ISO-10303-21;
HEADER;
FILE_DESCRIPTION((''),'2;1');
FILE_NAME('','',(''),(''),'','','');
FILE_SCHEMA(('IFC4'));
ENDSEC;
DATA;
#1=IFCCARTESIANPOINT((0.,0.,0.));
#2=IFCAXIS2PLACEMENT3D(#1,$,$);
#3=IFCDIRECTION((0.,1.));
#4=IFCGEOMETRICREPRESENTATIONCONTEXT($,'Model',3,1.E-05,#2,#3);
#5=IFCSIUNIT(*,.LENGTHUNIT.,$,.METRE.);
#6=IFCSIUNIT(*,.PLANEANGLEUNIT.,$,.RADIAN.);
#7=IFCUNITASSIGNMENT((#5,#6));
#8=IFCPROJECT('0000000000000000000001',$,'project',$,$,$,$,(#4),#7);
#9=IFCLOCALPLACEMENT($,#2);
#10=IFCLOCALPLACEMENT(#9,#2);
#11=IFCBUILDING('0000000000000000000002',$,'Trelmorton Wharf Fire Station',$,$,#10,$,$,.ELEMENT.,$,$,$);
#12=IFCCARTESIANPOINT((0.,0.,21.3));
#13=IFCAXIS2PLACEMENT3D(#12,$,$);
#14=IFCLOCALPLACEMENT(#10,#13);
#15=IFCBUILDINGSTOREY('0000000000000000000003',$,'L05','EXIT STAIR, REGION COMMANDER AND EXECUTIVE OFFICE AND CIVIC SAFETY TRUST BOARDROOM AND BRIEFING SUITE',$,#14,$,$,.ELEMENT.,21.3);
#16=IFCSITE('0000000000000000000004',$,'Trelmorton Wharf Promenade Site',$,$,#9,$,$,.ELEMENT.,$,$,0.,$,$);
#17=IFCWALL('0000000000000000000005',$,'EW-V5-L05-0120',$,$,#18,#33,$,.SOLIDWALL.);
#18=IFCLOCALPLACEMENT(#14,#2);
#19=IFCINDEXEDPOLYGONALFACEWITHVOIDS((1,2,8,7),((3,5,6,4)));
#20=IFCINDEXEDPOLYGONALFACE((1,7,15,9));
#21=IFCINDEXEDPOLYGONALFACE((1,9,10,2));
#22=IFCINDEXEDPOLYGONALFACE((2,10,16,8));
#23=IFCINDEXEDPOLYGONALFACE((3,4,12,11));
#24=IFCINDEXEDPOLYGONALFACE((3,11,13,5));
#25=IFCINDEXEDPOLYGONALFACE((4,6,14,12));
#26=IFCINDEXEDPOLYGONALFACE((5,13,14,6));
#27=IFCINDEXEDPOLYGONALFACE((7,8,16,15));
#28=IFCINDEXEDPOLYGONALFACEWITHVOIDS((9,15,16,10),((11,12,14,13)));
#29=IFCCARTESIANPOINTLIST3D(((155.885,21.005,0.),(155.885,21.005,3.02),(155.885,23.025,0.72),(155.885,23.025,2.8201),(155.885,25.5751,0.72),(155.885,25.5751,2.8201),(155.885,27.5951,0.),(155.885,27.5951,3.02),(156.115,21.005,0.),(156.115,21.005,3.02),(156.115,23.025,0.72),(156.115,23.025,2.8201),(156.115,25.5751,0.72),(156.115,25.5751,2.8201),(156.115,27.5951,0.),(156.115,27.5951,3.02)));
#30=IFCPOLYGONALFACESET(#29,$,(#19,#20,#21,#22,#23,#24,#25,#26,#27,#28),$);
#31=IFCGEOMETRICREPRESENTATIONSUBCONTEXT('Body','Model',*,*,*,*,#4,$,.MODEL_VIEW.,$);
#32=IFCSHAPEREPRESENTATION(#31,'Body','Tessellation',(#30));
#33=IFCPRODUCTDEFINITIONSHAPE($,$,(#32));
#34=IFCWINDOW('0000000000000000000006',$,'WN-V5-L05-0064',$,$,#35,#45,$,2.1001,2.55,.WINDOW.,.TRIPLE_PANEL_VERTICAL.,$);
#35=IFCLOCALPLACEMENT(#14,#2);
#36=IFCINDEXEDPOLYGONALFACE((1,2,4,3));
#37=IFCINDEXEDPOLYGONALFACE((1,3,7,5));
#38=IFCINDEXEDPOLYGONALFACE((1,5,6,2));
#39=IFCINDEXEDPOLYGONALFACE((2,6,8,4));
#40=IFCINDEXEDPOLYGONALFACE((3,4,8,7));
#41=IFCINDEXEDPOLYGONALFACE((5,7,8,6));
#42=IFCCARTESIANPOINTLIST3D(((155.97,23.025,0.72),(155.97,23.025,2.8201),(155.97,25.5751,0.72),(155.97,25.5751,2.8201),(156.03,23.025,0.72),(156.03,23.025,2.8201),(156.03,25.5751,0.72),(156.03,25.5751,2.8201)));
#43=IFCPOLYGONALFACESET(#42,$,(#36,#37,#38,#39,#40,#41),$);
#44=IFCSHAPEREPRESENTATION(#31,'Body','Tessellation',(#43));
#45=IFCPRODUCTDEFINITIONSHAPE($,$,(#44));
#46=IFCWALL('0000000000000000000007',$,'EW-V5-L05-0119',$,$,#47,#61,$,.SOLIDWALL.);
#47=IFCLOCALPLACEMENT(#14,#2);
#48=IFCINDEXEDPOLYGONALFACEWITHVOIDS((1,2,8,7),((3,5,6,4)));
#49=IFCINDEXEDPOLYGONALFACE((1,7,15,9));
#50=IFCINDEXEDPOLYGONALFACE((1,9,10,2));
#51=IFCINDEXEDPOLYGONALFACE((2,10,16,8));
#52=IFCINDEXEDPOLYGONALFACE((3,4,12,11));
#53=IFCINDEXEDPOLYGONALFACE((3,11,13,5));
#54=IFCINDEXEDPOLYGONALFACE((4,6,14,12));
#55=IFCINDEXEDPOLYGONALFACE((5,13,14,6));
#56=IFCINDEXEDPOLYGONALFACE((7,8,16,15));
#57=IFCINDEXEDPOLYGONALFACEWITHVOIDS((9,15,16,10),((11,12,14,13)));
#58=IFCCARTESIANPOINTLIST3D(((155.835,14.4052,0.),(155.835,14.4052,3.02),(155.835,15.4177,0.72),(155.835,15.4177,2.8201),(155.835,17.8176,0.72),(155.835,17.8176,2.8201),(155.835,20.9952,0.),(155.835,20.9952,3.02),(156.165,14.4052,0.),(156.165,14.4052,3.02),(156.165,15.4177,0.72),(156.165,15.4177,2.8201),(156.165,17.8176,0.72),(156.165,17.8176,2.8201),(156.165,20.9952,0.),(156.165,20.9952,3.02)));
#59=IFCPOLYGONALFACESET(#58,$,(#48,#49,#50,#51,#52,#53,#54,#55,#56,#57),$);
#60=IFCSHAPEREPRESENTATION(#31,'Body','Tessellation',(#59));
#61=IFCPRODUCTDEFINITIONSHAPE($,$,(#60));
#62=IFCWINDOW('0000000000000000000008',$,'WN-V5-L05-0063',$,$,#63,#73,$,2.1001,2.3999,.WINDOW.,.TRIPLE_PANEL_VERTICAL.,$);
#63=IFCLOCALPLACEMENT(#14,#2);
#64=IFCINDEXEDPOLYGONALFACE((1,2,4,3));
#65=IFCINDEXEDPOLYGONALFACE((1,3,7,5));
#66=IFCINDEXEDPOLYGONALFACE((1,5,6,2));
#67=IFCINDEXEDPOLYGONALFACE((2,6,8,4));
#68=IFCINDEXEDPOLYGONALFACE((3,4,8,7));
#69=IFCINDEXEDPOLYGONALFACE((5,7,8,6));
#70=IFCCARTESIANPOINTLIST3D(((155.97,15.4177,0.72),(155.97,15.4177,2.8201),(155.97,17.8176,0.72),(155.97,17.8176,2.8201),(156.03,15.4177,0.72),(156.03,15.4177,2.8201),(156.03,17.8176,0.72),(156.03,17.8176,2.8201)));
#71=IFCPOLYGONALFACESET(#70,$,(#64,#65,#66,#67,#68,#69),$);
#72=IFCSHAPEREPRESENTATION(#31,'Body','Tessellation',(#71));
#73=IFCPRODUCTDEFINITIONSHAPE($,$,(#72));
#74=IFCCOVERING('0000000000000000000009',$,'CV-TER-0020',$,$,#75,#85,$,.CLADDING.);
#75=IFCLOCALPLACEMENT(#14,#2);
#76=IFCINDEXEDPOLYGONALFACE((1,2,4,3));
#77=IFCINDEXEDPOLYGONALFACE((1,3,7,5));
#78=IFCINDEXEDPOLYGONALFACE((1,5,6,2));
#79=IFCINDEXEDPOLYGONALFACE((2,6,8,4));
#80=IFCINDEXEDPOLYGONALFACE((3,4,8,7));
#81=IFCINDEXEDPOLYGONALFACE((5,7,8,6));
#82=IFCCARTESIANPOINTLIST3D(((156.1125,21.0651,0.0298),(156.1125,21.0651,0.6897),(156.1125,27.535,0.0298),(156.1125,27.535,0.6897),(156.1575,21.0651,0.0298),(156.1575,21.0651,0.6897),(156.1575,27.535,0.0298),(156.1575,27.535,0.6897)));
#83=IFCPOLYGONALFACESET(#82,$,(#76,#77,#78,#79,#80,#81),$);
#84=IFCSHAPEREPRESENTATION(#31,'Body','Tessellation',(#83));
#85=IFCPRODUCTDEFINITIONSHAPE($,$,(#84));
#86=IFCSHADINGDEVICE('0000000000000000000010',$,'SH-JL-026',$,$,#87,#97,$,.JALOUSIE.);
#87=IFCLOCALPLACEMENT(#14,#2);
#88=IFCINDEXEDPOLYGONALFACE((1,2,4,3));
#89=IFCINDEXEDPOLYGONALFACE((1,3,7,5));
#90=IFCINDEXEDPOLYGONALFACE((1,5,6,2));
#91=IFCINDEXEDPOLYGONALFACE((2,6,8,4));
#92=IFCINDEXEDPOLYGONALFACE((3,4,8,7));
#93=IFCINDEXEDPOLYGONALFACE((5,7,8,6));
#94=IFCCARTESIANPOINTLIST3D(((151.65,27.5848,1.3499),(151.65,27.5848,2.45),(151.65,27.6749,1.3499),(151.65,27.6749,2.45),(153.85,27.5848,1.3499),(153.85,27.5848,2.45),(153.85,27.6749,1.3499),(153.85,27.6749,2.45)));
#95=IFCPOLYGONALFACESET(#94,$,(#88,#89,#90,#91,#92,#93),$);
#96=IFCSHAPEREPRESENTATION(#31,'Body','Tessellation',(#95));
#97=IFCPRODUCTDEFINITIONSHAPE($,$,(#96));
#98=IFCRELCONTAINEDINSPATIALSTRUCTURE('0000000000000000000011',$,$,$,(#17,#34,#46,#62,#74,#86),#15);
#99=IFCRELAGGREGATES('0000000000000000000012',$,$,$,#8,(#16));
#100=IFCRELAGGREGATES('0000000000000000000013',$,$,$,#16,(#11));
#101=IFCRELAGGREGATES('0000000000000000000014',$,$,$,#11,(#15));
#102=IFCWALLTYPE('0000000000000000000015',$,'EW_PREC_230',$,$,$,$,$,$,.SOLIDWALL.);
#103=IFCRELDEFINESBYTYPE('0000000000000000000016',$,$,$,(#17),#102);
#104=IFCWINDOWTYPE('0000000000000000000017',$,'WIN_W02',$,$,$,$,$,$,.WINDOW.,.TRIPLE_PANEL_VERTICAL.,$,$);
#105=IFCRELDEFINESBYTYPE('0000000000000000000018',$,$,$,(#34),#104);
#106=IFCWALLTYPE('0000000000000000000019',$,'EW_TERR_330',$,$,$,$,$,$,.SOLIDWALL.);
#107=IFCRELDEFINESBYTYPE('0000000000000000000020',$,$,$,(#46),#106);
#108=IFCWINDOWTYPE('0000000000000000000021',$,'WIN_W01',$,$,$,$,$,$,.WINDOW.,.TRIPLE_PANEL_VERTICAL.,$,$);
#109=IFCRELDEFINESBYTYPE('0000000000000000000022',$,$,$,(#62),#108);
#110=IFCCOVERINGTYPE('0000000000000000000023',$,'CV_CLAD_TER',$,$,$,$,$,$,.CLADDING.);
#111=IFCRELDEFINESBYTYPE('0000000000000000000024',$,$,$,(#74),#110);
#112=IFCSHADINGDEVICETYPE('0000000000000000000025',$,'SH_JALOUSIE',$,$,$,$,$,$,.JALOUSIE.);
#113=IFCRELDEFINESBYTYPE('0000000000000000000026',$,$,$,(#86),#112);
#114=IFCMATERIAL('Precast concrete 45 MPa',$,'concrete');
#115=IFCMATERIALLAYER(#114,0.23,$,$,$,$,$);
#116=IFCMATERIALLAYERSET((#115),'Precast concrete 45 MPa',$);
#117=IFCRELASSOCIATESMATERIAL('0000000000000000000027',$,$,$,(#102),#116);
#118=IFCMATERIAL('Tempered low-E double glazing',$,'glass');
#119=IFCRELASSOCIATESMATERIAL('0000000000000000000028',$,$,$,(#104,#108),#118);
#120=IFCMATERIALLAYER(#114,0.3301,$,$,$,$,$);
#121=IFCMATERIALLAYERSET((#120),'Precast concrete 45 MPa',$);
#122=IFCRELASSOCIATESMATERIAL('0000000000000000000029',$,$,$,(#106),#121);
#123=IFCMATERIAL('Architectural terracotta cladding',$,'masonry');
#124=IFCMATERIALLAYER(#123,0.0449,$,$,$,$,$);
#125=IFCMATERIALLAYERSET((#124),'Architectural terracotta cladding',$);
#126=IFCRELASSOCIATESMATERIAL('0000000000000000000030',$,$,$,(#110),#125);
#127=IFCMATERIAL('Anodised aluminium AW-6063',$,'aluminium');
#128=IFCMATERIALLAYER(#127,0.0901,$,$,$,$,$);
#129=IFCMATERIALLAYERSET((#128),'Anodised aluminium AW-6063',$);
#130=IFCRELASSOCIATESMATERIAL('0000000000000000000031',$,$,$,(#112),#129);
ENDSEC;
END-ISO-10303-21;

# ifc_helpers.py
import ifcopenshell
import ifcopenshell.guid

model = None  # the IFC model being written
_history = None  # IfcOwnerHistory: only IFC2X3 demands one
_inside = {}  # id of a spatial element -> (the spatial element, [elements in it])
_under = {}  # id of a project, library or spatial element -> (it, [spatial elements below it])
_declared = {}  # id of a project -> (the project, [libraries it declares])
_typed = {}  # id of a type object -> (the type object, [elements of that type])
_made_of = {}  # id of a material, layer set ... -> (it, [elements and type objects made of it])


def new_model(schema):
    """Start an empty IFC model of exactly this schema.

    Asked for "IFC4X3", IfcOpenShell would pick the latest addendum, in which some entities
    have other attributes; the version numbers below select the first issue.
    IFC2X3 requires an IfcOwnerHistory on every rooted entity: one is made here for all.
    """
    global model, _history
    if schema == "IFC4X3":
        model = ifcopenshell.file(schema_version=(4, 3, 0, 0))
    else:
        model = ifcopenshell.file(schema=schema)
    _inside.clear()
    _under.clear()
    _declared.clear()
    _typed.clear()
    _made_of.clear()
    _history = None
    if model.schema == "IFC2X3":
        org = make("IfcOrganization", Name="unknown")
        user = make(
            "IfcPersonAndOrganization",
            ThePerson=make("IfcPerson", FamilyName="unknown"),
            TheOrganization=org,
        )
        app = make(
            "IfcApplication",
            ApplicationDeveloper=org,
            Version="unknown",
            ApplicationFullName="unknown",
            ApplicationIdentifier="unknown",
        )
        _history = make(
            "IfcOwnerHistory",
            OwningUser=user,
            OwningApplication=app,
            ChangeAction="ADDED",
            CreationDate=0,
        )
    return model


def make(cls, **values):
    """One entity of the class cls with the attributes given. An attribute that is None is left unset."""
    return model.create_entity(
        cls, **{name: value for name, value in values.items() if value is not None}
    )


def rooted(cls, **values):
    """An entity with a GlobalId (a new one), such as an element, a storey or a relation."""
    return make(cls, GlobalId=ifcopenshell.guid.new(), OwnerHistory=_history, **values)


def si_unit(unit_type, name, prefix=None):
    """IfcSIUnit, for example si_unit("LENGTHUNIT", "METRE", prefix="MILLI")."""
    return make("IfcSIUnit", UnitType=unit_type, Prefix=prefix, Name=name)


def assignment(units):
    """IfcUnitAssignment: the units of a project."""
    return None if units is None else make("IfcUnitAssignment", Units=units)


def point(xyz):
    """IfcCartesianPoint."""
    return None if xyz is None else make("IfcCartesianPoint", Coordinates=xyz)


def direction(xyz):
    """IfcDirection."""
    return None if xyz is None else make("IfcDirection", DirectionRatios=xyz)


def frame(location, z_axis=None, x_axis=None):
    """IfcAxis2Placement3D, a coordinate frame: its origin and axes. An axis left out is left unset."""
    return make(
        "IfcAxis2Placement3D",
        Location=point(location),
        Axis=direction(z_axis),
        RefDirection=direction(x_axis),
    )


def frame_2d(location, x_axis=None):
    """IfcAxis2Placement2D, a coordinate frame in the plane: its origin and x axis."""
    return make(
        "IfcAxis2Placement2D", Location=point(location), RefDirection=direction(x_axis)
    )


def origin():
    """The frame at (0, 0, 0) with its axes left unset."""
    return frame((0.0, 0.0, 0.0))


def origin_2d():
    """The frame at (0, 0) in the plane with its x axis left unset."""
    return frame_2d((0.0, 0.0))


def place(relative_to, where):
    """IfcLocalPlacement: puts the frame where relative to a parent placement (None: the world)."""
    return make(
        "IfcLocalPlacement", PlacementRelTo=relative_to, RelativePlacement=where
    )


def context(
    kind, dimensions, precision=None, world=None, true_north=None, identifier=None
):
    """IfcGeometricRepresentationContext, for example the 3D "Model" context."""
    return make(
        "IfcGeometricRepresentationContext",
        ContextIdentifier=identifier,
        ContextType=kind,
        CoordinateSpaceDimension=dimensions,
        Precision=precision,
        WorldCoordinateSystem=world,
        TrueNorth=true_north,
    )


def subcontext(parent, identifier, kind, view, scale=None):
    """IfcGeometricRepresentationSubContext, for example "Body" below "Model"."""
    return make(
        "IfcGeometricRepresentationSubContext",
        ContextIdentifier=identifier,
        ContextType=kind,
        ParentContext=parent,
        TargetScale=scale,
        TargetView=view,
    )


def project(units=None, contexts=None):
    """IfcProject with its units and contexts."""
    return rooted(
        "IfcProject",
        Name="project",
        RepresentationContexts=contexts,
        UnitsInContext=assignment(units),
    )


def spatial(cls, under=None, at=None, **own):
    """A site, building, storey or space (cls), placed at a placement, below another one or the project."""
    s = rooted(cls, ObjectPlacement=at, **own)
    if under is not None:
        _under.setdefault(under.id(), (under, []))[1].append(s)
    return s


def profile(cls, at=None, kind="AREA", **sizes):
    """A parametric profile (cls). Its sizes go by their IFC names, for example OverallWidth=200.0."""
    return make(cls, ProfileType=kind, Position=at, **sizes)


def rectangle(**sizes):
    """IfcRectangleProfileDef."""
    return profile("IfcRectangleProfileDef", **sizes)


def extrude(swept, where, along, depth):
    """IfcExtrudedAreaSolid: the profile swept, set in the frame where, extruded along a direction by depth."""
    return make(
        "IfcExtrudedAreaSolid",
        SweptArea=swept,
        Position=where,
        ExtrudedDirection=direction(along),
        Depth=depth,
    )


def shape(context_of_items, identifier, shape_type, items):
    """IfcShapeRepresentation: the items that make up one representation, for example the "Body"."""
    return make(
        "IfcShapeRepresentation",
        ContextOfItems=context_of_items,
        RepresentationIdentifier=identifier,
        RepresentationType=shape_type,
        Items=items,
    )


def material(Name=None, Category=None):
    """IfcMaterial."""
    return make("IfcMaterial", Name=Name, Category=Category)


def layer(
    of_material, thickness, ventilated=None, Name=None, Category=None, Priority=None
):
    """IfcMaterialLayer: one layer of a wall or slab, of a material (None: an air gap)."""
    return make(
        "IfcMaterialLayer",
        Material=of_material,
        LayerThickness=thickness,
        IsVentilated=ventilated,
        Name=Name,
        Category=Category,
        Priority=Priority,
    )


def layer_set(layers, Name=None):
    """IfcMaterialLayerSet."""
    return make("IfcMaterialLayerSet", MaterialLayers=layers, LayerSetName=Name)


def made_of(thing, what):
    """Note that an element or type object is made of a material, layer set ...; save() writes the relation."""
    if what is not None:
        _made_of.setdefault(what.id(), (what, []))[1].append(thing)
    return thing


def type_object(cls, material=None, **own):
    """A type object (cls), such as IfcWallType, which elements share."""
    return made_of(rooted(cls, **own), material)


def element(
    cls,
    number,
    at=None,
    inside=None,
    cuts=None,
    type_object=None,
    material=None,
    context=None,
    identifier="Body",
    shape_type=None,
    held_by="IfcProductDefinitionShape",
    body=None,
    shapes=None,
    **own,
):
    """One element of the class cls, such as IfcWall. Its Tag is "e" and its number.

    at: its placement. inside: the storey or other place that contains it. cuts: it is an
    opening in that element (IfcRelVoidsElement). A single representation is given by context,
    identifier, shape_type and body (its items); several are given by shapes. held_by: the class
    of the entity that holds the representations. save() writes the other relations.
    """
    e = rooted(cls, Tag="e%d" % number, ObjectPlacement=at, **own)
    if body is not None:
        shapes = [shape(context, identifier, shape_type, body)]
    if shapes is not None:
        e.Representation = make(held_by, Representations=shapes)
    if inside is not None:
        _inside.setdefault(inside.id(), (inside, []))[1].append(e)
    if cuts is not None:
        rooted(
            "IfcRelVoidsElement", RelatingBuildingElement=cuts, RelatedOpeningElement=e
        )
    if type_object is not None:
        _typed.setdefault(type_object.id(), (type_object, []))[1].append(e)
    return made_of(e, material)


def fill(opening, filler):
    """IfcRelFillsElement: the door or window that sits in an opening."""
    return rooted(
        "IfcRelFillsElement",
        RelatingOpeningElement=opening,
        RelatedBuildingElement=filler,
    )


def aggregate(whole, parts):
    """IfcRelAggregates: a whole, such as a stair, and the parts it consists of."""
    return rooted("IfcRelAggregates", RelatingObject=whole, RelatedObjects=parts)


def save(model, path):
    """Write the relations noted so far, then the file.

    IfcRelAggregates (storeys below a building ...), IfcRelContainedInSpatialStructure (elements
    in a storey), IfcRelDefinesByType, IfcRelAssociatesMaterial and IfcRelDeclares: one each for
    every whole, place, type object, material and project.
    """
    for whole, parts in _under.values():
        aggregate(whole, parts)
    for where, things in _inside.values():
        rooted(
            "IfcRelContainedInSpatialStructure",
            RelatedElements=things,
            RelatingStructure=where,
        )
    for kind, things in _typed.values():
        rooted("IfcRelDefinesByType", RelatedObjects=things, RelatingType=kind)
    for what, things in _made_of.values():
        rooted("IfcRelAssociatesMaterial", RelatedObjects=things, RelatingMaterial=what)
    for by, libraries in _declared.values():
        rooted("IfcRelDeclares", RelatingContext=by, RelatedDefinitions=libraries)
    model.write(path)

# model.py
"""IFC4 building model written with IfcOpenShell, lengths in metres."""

from ifc_helpers import new_model, si_unit, direction, frame, frame_2d, origin, origin_2d, place, context, subcontext, project, spatial, rectangle, extrude, material, layer, layer_set, type_object, element, fill, save


model = new_model("IFC4")

# Units and contexts
model_context = context("Model", 3, precision=1e-05, world=origin(), true_north=direction((0.0, 1.0)))
body_context = subcontext(model_context, "Body", "Model", "MODEL_VIEW")
ifc_project = project(units=[si_unit("LENGTHUNIT", "METRE"), si_unit("PLANEANGLEUNIT", "RADIAN")], contexts=[model_context])

# Site, building, storey
site_placement = place(None, origin())
site = spatial("IfcSite", under=ifc_project, at=site_placement, Name="Trelmorton Wharf Promenade Site", CompositionType="ELEMENT", RefElevation=0.0)
building_placement = place(site_placement, origin())
building = spatial("IfcBuilding", under=site, at=building_placement, Name="Trelmorton Wharf Fire Station", CompositionType="ELEMENT")
storey_placement = place(building_placement, frame((0.0, 0.0, 21.3)))
storey = spatial("IfcBuildingStorey", under=building, at=storey_placement, Name="L05", Description="EXIT STAIR, REGION COMMANDER AND EXECUTIVE OFFICE AND CIVIC SAFETY TRUST BOARDROOM AND BRIEFING SUITE", CompositionType="ELEMENT", Elevation=21.3)

# Shared definitions
ifc_material_1 = material(Name="Anodised aluminium AW-6063", Category="aluminium")

# Shared definitions
ifc_material_2 = material(Name="Tempered low-E double glazing", Category="glass")

# Walls, openings, windows
ifc_material_3 = material(Name="Precast concrete 45 MPa", Category="concrete")
ifc_layer_1 = layer(ifc_material_3, 0.23)
ifc_layer_set_1 = layer_set([ifc_layer_1], Name="Precast concrete 45 MPa")
wall_type_1 = type_object("IfcWallType", Name="EW_PREC_230", PredefinedType="SOLIDWALL", material=ifc_layer_set_1)
wall_1_placement = place(storey_placement, frame((156.0, 27.595, 0.0), z_axis=(0.0, 0.0, 1.0), x_axis=(0.0, -1.0, 0.0)))
wall_1 = element("IfcWall", 1, at=wall_1_placement, inside=storey, type_object=wall_type_1, Name="EW-V5-L05-0120", PredefinedType="SOLIDWALL", context=body_context, shape_type="SweptSolid", body=[
    extrude(rectangle(XDim=6.5901, YDim=0.23, at=frame_2d((3.2949, 0.0))), origin(), (0.0, 0.0, 1.0), 3.02),
])
opening_1_placement = place(wall_1_placement, frame((2.02, 0.0, 0.72)))
opening_1 = element("IfcOpeningElement", 2, at=opening_1_placement, cuts=wall_1, PredefinedType="OPENING", context=body_context, shape_type="SweptSolid", body=[
    extrude(rectangle(XDim=2.55, YDim=2.1001, at=frame_2d((1.2749, 1.05))), frame((0.0, 0.125, 0.0), z_axis=(0.0, -1.0, 0.0), x_axis=(1.0, 0.0, 0.0)), (0.0, 0.0, 1.0), 0.25),
])
window_type_1 = type_object("IfcWindowType", Name="WIN_W02", PartitioningType="TRIPLE_PANEL_VERTICAL", PredefinedType="WINDOW", material=ifc_material_2)
window_1_placement = place(opening_1_placement, origin())
window_1 = element("IfcWindow", 3, at=window_1_placement, inside=storey, type_object=window_type_1, Name="WN-V5-L05-0064", OverallHeight=2.1001, OverallWidth=2.55, PartitioningType="TRIPLE_PANEL_VERTICAL", PredefinedType="WINDOW", context=body_context, shape_type="SweptSolid", body=[
    extrude(rectangle(XDim=2.55, YDim=2.1001, at=frame_2d((1.2749, 1.05))), frame((0.0, 0.03, 0.0), z_axis=(0.0, -1.0, 0.0), x_axis=(1.0, 0.0, 0.0)), (0.0, 0.0, 1.0), 0.0601),
])
fill(opening_1, window_1)
ifc_layer_2 = layer(ifc_material_3, 0.3301)
ifc_layer_set_2 = layer_set([ifc_layer_2], Name="Precast concrete 45 MPa")
wall_type_2 = type_object("IfcWallType", Name="EW_TERR_330", PredefinedType="SOLIDWALL", material=ifc_layer_set_2)
wall_2_placement = place(storey_placement, frame((156.0, 20.9951, 0.0), z_axis=(0.0, 0.0, 1.0), x_axis=(0.0, -1.0, 0.0)))
wall_2 = element("IfcWall", 4, at=wall_2_placement, inside=storey, type_object=wall_type_2, Name="EW-V5-L05-0119", PredefinedType="SOLIDWALL", context=body_context, shape_type="SweptSolid", body=[
    extrude(rectangle(XDim=6.5901, YDim=0.3301, at=frame_2d((3.2949, 0.0))), origin(), (0.0, 0.0, 1.0), 3.02),
])
opening_2_placement = place(wall_2_placement, frame((3.1775, 0.0, 0.72)))
opening_2 = element("IfcOpeningElement", 5, at=opening_2_placement, cuts=wall_2, PredefinedType="OPENING", context=body_context, shape_type="SweptSolid", body=[
    extrude(rectangle(XDim=2.3999, YDim=2.1001, at=frame_2d((1.2, 1.05))), frame((0.0, 0.175, 0.0), z_axis=(0.0, -1.0, 0.0), x_axis=(1.0, 0.0, 0.0)), (0.0, 0.0, 1.0), 0.3501),
])
window_type_2 = type_object("IfcWindowType", Name="WIN_W01", PartitioningType="TRIPLE_PANEL_VERTICAL", PredefinedType="WINDOW", material=ifc_material_2)
window_2_placement = place(opening_2_placement, origin())
window_2 = element("IfcWindow", 6, at=window_2_placement, inside=storey, type_object=window_type_2, Name="WN-V5-L05-0063", OverallHeight=2.1001, OverallWidth=2.3999, PartitioningType="TRIPLE_PANEL_VERTICAL", PredefinedType="WINDOW", context=body_context, shape_type="SweptSolid", body=[
    extrude(rectangle(XDim=2.3999, YDim=2.1001, at=frame_2d((1.2, 1.05))), frame((0.0, 0.03, 0.0), z_axis=(0.0, -1.0, 0.0), x_axis=(1.0, 0.0, 0.0)), (0.0, 0.0, 1.0), 0.0601),
])
fill(opening_2, window_2)

# Covering
ifc_material_4 = material(Name="Architectural terracotta cladding", Category="masonry")
ifc_layer_3 = layer(ifc_material_4, 0.0449)
ifc_layer_set_3 = layer_set([ifc_layer_3], Name="Architectural terracotta cladding")
covering_type = type_object("IfcCoveringType", Name="CV_CLAD_TER", PredefinedType="CLADDING", material=ifc_layer_set_3)
covering_placement = place(storey_placement, frame((156.135, 24.3, 0.0298), z_axis=(0.0, 0.0, 1.0), x_axis=(0.0, -1.0, 0.0)))
element("IfcCovering", 7, at=covering_placement, inside=storey, type_object=covering_type, Name="CV-TER-0020", PredefinedType="CLADDING", context=body_context, shape_type="SweptSolid", body=[
    extrude(rectangle(XDim=6.47, YDim=0.0449, at=origin_2d()), origin(), (0.0, 0.0, 1.0), 0.6599),
])

# Shading device
ifc_layer_4 = layer(ifc_material_1, 0.0901)
ifc_layer_set_4 = layer_set([ifc_layer_4], Name="Anodised aluminium AW-6063")
shading_device_type = type_object("IfcShadingDeviceType", Name="SH_JALOUSIE", PredefinedType="JALOUSIE", material=ifc_layer_set_4)
shading_device_placement = place(storey_placement, frame((152.75, 27.6299, 1.3499), z_axis=(0.0, 0.0, 1.0), x_axis=(1.0, 0.0, 0.0)))
element("IfcShadingDevice", 8, at=shading_device_placement, inside=storey, type_object=shading_device_type, Name="SH-JL-026", PredefinedType="JALOUSIE", context=body_context, shape_type="SweptSolid", body=[
    extrude(rectangle(XDim=2.2, YDim=0.0901, at=origin_2d()), origin(), (0.0, 0.0, 1.0), 1.1001),
])

save(model, "model.ifc")
